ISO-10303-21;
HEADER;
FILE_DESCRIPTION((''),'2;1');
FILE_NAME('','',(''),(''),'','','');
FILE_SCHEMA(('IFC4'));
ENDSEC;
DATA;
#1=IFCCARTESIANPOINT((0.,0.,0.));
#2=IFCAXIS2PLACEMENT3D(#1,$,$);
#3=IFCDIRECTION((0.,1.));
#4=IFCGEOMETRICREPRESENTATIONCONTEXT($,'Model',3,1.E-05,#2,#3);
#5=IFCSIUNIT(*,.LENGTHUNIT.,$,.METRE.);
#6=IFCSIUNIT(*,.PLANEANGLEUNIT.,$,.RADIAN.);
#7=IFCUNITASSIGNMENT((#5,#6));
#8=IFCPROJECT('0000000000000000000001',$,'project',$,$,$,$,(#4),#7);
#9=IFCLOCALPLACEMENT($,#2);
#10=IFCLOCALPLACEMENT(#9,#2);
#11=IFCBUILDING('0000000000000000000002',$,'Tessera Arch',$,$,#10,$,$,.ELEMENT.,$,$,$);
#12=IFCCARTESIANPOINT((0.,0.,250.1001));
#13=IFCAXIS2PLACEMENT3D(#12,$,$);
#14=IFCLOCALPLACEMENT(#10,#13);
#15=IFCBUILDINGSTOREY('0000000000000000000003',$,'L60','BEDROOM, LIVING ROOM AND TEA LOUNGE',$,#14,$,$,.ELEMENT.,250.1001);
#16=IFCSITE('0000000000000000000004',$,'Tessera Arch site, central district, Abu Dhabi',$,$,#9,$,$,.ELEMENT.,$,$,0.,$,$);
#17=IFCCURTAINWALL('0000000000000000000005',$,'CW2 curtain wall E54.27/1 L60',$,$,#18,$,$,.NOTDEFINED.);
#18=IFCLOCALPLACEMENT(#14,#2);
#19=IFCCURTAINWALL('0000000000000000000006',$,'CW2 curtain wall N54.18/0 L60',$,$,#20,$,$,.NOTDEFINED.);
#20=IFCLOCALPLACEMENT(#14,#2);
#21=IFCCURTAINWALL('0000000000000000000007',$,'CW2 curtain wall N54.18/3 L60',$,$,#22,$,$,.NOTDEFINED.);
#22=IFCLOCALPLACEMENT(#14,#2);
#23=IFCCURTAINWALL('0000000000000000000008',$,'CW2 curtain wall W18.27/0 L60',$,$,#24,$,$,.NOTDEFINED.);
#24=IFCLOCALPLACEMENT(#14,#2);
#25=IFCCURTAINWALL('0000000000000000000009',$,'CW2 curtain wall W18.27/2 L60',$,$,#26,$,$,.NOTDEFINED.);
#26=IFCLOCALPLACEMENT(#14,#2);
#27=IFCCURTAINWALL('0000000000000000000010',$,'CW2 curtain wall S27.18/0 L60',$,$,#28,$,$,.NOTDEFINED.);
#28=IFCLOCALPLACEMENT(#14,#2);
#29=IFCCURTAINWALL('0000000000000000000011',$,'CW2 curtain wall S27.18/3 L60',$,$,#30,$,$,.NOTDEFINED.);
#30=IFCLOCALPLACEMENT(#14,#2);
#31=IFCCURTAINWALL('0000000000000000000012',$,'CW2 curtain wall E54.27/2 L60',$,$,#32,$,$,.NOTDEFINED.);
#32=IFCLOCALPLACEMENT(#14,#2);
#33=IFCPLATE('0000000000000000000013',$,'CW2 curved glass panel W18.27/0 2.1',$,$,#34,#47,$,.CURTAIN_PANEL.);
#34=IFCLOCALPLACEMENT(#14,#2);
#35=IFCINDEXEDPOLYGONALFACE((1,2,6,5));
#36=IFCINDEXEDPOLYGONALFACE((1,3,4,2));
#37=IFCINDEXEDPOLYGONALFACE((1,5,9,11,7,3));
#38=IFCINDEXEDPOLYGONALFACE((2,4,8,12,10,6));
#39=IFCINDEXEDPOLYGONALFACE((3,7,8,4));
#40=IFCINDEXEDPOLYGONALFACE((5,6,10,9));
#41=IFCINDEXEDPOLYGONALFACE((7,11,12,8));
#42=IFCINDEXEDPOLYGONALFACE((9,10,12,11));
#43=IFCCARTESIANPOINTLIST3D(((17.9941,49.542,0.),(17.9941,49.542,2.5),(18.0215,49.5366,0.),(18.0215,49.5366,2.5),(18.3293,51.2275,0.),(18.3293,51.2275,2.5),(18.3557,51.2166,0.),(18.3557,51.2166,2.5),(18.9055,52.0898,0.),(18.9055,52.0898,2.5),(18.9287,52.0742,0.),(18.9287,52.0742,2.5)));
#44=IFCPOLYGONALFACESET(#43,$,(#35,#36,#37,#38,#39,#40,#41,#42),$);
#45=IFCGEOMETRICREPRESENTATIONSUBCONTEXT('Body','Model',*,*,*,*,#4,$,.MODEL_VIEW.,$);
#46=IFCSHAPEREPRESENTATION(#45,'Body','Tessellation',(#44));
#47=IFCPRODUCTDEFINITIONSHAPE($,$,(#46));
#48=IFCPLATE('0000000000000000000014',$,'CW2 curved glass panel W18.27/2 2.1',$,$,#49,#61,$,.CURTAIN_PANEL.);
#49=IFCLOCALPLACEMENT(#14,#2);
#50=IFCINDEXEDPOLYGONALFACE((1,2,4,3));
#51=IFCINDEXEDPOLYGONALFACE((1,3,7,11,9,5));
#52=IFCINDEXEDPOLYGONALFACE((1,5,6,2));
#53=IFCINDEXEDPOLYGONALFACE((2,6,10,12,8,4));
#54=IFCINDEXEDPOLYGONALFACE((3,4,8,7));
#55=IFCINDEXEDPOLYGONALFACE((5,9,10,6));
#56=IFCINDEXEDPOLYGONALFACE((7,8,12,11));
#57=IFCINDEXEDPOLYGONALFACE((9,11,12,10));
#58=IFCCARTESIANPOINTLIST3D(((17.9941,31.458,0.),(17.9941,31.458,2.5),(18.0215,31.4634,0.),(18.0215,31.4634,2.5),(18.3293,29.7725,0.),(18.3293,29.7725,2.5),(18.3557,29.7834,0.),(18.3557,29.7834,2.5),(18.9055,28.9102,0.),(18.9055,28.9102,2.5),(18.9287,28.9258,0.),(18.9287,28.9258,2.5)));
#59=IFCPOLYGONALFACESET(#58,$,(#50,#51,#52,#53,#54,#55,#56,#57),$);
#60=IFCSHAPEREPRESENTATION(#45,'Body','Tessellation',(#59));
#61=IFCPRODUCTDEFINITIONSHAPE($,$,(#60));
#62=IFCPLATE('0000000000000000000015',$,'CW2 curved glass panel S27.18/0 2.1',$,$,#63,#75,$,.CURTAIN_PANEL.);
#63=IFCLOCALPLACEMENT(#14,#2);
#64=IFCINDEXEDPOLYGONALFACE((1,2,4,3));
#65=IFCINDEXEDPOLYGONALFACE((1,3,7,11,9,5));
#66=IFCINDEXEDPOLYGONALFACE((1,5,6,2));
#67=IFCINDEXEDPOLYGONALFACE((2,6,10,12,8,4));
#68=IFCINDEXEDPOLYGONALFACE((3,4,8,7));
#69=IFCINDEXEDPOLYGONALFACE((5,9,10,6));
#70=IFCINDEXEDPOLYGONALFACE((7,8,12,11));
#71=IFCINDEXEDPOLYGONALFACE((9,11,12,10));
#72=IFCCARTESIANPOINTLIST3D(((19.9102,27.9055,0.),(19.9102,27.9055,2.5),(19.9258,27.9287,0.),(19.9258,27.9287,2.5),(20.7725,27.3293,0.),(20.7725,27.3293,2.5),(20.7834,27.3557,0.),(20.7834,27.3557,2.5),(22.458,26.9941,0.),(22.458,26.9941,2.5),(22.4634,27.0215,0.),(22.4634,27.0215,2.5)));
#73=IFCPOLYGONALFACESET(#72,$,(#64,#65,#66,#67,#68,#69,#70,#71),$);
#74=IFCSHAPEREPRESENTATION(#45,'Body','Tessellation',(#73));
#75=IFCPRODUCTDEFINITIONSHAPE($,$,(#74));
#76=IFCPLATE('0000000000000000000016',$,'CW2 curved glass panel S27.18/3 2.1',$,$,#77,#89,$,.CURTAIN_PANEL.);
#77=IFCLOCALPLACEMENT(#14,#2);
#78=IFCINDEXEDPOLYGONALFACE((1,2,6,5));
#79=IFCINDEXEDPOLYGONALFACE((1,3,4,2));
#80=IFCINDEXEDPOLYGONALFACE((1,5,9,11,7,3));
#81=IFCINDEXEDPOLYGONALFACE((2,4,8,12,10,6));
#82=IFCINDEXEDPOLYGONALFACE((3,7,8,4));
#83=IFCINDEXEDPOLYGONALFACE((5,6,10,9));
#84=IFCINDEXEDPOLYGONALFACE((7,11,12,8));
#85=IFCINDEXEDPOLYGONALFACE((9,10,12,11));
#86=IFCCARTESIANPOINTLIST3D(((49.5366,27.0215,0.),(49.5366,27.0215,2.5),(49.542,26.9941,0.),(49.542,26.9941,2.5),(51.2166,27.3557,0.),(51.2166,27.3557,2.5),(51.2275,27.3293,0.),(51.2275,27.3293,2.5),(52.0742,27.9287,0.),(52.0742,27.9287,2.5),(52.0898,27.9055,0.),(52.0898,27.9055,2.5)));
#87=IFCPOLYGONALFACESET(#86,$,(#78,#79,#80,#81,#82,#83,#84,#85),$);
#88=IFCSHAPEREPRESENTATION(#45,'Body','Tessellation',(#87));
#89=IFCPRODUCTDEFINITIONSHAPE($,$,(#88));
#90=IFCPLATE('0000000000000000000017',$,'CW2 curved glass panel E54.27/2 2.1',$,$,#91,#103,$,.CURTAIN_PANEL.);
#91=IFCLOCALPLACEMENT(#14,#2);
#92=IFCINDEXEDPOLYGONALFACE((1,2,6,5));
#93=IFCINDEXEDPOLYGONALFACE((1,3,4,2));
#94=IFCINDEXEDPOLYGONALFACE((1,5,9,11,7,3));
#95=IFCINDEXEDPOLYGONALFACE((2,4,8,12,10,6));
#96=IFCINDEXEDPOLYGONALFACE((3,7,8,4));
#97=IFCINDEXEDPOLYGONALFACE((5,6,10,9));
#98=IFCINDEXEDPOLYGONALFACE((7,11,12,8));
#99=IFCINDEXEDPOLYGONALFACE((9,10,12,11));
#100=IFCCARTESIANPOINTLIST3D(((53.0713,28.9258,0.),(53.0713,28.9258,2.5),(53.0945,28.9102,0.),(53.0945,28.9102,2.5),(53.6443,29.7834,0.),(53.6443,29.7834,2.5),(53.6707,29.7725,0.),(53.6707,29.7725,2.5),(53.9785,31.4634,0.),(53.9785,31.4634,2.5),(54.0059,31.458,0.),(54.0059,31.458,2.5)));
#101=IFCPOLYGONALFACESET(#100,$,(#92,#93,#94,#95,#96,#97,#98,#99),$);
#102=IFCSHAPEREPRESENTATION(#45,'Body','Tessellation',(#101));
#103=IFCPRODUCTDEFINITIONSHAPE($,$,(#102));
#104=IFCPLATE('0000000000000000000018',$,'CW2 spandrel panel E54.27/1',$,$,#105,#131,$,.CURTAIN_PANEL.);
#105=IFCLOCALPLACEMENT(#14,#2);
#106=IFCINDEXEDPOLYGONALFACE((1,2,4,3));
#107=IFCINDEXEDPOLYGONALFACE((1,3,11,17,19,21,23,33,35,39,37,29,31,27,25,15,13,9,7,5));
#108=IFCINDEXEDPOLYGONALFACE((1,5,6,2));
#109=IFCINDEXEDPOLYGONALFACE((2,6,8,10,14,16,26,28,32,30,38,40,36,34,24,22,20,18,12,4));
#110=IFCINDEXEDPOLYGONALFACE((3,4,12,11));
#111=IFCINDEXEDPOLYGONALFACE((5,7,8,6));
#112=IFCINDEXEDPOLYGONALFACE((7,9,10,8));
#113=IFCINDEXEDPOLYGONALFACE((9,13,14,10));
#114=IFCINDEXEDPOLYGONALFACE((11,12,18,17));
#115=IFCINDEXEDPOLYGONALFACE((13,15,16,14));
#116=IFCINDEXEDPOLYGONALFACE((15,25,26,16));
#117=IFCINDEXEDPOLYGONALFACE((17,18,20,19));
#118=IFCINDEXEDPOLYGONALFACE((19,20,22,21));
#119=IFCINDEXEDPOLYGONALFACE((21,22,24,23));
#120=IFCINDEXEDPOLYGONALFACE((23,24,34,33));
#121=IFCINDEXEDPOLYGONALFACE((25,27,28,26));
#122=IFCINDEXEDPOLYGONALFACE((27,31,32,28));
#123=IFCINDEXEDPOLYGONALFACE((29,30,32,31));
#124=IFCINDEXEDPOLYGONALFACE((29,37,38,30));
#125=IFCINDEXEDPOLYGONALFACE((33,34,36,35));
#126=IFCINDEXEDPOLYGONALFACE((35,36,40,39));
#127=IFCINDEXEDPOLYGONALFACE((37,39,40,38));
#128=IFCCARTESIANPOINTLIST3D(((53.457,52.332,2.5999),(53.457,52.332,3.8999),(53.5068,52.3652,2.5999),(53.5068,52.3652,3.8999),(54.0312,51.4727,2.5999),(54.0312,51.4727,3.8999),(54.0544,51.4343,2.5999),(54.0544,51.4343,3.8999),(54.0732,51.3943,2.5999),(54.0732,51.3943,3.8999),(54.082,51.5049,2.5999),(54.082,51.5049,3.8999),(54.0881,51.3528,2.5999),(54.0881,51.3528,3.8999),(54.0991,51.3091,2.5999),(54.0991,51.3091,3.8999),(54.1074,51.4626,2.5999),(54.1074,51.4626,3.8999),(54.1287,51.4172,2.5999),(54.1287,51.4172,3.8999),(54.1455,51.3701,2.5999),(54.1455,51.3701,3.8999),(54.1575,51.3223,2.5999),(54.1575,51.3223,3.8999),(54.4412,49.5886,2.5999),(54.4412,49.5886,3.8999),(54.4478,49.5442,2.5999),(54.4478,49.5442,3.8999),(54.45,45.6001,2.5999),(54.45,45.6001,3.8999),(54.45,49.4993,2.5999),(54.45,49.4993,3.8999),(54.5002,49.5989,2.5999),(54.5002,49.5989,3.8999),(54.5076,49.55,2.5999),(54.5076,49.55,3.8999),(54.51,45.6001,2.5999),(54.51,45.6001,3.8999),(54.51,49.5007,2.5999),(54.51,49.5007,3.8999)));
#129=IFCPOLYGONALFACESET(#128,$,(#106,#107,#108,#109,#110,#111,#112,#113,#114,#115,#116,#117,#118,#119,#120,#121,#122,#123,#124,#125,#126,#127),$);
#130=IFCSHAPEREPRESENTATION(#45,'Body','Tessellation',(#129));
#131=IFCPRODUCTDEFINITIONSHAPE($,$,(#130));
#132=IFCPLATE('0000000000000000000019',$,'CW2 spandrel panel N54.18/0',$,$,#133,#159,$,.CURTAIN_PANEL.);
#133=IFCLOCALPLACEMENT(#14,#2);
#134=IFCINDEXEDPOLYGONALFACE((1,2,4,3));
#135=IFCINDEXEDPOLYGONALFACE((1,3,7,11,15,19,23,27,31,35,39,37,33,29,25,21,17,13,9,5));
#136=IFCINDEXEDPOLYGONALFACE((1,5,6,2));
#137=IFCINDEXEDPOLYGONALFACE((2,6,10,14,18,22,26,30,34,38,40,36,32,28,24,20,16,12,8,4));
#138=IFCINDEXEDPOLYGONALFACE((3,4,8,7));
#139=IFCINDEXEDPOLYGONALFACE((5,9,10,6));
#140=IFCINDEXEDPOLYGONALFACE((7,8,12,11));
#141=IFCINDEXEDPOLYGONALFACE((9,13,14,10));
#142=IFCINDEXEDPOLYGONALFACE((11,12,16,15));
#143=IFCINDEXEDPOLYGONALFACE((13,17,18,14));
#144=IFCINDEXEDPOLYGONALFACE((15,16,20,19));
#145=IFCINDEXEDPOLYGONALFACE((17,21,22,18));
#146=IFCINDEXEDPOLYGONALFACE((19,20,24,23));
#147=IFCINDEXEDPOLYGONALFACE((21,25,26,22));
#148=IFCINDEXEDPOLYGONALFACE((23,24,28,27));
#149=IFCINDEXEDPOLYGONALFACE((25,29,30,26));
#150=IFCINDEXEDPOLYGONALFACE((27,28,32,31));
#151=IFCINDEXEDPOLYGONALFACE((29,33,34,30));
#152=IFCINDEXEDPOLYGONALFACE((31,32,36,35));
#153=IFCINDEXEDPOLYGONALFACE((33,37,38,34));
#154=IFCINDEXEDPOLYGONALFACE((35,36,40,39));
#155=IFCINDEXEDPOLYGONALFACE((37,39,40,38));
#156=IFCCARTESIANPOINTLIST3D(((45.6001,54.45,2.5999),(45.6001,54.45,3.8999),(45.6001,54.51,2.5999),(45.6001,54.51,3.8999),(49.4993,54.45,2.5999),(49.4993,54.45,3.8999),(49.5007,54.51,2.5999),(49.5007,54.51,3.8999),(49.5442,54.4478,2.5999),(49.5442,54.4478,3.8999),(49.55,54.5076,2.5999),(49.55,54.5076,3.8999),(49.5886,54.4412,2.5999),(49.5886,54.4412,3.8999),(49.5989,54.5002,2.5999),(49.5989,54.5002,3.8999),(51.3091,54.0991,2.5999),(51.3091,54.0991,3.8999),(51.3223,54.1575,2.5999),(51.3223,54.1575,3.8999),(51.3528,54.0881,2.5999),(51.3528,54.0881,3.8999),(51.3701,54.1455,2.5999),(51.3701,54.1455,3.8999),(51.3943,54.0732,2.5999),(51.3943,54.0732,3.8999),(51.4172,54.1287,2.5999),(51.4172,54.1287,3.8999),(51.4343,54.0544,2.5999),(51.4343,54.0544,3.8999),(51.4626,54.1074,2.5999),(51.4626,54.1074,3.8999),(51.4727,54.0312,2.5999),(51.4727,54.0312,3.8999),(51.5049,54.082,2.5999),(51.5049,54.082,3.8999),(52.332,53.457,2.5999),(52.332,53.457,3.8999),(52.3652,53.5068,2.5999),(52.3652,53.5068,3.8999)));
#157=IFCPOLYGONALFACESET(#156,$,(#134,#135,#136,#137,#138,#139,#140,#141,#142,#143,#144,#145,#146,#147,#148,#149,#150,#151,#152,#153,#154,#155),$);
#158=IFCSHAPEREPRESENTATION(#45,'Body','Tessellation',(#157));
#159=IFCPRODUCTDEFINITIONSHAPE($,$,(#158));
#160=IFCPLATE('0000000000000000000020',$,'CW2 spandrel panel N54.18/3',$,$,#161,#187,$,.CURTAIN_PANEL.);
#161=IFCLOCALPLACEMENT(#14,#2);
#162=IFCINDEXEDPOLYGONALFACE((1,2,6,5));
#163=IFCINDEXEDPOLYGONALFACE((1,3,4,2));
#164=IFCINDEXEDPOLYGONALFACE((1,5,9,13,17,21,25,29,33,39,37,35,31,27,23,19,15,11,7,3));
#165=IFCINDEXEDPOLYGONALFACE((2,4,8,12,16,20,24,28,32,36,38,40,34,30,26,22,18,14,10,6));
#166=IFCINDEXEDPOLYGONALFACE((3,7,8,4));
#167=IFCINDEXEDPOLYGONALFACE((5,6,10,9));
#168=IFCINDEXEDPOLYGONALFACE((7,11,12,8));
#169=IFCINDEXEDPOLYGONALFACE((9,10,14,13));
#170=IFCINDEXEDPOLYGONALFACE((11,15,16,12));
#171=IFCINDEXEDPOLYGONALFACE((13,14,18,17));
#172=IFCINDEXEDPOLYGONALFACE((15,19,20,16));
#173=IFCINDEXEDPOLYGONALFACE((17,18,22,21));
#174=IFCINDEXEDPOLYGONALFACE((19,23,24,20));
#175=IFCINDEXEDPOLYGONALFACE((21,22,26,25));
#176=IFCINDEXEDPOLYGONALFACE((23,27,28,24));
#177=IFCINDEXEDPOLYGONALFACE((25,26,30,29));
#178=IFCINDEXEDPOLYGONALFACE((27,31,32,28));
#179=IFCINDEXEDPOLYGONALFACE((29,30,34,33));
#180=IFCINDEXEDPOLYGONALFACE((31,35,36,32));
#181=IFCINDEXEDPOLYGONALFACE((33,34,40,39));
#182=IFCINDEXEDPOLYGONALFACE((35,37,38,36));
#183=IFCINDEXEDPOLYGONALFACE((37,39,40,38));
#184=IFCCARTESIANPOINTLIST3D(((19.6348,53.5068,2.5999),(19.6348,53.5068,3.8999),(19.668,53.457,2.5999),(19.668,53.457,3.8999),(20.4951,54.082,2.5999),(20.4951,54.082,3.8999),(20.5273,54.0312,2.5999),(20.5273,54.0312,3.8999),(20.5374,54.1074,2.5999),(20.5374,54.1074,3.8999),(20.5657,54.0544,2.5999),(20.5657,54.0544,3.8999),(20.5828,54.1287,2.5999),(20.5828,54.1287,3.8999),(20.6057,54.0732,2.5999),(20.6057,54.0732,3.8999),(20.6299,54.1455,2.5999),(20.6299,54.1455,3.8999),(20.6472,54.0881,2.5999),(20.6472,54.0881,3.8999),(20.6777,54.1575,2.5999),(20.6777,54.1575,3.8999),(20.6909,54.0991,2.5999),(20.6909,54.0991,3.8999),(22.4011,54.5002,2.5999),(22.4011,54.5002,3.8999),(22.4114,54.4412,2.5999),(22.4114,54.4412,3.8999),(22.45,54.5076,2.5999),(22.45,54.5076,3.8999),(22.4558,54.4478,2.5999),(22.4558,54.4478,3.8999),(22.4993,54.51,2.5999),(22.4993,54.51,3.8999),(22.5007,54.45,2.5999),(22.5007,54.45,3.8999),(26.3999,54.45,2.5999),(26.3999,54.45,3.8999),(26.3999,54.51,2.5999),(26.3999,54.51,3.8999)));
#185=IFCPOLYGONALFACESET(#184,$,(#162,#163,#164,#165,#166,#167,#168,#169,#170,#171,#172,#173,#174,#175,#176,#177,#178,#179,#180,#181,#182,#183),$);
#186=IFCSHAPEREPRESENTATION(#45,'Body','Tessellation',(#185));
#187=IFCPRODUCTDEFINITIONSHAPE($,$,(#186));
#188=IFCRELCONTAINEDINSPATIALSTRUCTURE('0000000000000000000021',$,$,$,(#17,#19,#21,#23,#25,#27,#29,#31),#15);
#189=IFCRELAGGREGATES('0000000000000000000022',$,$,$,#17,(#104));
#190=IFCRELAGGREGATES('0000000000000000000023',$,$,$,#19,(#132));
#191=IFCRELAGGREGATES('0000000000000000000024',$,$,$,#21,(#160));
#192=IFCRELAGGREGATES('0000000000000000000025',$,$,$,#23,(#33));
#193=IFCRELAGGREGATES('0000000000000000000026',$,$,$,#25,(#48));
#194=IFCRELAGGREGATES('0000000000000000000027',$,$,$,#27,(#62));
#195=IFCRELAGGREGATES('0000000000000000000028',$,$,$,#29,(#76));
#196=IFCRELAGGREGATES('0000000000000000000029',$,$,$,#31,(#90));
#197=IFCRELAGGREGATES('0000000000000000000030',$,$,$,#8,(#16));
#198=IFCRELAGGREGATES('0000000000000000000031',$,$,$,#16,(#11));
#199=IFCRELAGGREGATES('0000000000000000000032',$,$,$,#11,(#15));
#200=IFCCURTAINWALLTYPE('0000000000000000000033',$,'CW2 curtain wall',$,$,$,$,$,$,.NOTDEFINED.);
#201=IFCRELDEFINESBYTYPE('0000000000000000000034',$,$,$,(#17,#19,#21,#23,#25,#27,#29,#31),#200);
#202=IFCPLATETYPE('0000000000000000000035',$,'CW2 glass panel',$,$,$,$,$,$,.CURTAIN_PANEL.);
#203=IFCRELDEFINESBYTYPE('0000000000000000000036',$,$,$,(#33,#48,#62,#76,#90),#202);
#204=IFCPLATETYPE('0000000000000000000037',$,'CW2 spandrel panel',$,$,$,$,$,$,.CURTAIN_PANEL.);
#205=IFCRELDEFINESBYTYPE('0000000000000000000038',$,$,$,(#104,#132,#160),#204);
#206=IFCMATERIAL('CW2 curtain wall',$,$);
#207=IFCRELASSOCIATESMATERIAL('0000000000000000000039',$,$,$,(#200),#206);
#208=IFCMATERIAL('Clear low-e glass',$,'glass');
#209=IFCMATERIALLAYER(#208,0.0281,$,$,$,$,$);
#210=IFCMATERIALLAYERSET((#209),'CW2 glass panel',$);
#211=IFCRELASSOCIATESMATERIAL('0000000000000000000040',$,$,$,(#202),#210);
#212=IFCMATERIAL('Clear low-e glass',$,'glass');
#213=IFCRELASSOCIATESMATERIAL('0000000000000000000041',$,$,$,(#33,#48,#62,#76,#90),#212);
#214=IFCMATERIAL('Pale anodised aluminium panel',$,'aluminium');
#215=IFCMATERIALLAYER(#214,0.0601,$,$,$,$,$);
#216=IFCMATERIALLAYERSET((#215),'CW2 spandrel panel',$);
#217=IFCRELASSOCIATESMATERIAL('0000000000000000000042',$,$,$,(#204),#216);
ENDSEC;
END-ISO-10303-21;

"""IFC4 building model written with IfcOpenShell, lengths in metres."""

from ifc_helpers import new_model, si_unit, direction, frame, origin, place, context, subcontext, project, spatial, polyline, outline, extrude, material, layer, layer_set, type_object, element, aggregate, save


model = new_model("IFC4")

# Units and contexts
model_context = context("Model", 3, precision=1e-05, world=origin(), true_north=direction((0.0, 1.0)))
body_context = subcontext(model_context, "Body", "Model", "MODEL_VIEW")
ifc_project = project(units=[si_unit("LENGTHUNIT", "METRE"), si_unit("PLANEANGLEUNIT", "RADIAN")], contexts=[model_context])

# Site, building, storey
site_placement = place(None, origin())
site = spatial("IfcSite", under=ifc_project, at=site_placement, Name="Tessera Arch site, central district, Abu Dhabi", CompositionType="ELEMENT", RefElevation=0.0)
building_placement = place(site_placement, origin())
building = spatial("IfcBuilding", under=site, at=building_placement, Name="Tessera Arch", CompositionType="ELEMENT")
storey_placement = place(building_placement, frame((0.0, 0.0, 250.1001)))
storey = spatial("IfcBuildingStorey", under=building, at=storey_placement, Name="L60", Description="BEDROOM, LIVING ROOM AND TEA LOUNGE", CompositionType="ELEMENT", Elevation=250.1001)

# Curtain walls
ifc_material_1 = material(Name="CW2 curtain wall")
curtain_wall_type = type_object("IfcCurtainWallType", Name="CW2 curtain wall", PredefinedType="NOTDEFINED", material=ifc_material_1)
curtain_wall_1_placement = place(storey_placement, origin())
curtain_wall_1 = element("IfcCurtainWall", 1, at=curtain_wall_1_placement, inside=storey, type_object=curtain_wall_type, Name="CW2 curtain wall E54.27/1 L60", PredefinedType="NOTDEFINED")
curtain_wall_2_placement = place(storey_placement, origin())
curtain_wall_2 = element("IfcCurtainWall", 2, at=curtain_wall_2_placement, inside=storey, type_object=curtain_wall_type, Name="CW2 curtain wall N54.18/0 L60", PredefinedType="NOTDEFINED")
curtain_wall_3_placement = place(storey_placement, origin())
curtain_wall_3 = element("IfcCurtainWall", 3, at=curtain_wall_3_placement, inside=storey, type_object=curtain_wall_type, Name="CW2 curtain wall N54.18/3 L60", PredefinedType="NOTDEFINED")
curtain_wall_4_placement = place(storey_placement, origin())
curtain_wall_4 = element("IfcCurtainWall", 4, at=curtain_wall_4_placement, inside=storey, type_object=curtain_wall_type, Name="CW2 curtain wall W18.27/0 L60", PredefinedType="NOTDEFINED")
curtain_wall_5_placement = place(storey_placement, origin())
curtain_wall_5 = element("IfcCurtainWall", 5, at=curtain_wall_5_placement, inside=storey, type_object=curtain_wall_type, Name="CW2 curtain wall W18.27/2 L60", PredefinedType="NOTDEFINED")
curtain_wall_6_placement = place(storey_placement, origin())
curtain_wall_6 = element("IfcCurtainWall", 6, at=curtain_wall_6_placement, inside=storey, type_object=curtain_wall_type, Name="CW2 curtain wall S27.18/0 L60", PredefinedType="NOTDEFINED")
curtain_wall_7_placement = place(storey_placement, origin())
curtain_wall_7 = element("IfcCurtainWall", 7, at=curtain_wall_7_placement, inside=storey, type_object=curtain_wall_type, Name="CW2 curtain wall S27.18/3 L60", PredefinedType="NOTDEFINED")
curtain_wall_8_placement = place(storey_placement, origin())
curtain_wall_8 = element("IfcCurtainWall", 8, at=curtain_wall_8_placement, inside=storey, type_object=curtain_wall_type, Name="CW2 curtain wall E54.27/2 L60", PredefinedType="NOTDEFINED")

# Plates
ifc_material_2 = material(Name="Clear low-e glass", Category="glass")
ifc_material_3 = material(Name="Clear low-e glass", Category="glass")
ifc_layer_1 = layer(ifc_material_3, 0.0281)
ifc_layer_set_1 = layer_set([ifc_layer_1], Name="CW2 glass panel")
plate_type_1 = type_object("IfcPlateType", Name="CW2 glass panel", PredefinedType="CURTAIN_PANEL", material=ifc_layer_set_1)
plate_1_placement = place(storey_placement, origin())
plate_1 = element("IfcPlate", 9, at=plate_1_placement, type_object=plate_type_1, material=ifc_material_2, Name="CW2 curved glass panel W18.27/0 2.1", PredefinedType="CURTAIN_PANEL", context=body_context, shape_type="SweptSolid", body=[
    extrude(outline(polyline([(18.3557, 51.2166), (18.9287, 52.0742), (18.9055, 52.0898), (18.3293, 51.2275), (17.9941, 49.542), (18.0215, 49.5366), (18.3557, 51.2166)])), origin(), (0.0, 0.0, 1.0), 2.5),
])
plate_2_placement = place(storey_placement, origin())
plate_2 = element("IfcPlate", 10, at=plate_2_placement, type_object=plate_type_1, material=ifc_material_2, Name="CW2 curved glass panel W18.27/2 2.1", PredefinedType="CURTAIN_PANEL", context=body_context, shape_type="SweptSolid", body=[
    extrude(outline(polyline([(18.3557, 29.7834), (18.0215, 31.4634), (17.9941, 31.458), (18.3293, 29.7725), (18.9055, 28.9102), (18.9287, 28.9258), (18.3557, 29.7834)])), origin(), (0.0, 0.0, 1.0), 2.5),
])
plate_3_placement = place(storey_placement, origin())
plate_3 = element("IfcPlate", 11, at=plate_3_placement, type_object=plate_type_1, material=ifc_material_2, Name="CW2 curved glass panel S27.18/0 2.1", PredefinedType="CURTAIN_PANEL", context=body_context, shape_type="SweptSolid", body=[
    extrude(outline(polyline([(20.7834, 27.3557), (19.9258, 27.9287), (19.9102, 27.9055), (20.7725, 27.3293), (22.458, 26.9941), (22.4634, 27.0215), (20.7834, 27.3557)])), origin(), (0.0, 0.0, 1.0), 2.5),
])
plate_4_placement = place(storey_placement, origin())
plate_4 = element("IfcPlate", 12, at=plate_4_placement, type_object=plate_type_1, material=ifc_material_2, Name="CW2 curved glass panel S27.18/3 2.1", PredefinedType="CURTAIN_PANEL", context=body_context, shape_type="SweptSolid", body=[
    extrude(outline(polyline([(51.2166, 27.3557), (49.5366, 27.0215), (49.542, 26.9941), (51.2275, 27.3293), (52.0898, 27.9055), (52.0742, 27.9287), (51.2166, 27.3557)])), origin(), (0.0, 0.0, 1.0), 2.5),
])
plate_5_placement = place(storey_placement, origin())
plate_5 = element("IfcPlate", 13, at=plate_5_placement, type_object=plate_type_1, material=ifc_material_2, Name="CW2 curved glass panel E54.27/2 2.1", PredefinedType="CURTAIN_PANEL", context=body_context, shape_type="SweptSolid", body=[
    extrude(outline(polyline([(53.6443, 29.7834), (53.0713, 28.9258), (53.0945, 28.9102), (53.6707, 29.7725), (54.0059, 31.458), (53.9785, 31.4634), (53.6443, 29.7834)])), origin(), (0.0, 0.0, 1.0), 2.5),
])
ifc_material_4 = material(Name="Pale anodised aluminium panel", Category="aluminium")
ifc_layer_2 = layer(ifc_material_4, 0.0601)
ifc_layer_set_2 = layer_set([ifc_layer_2], Name="CW2 spandrel panel")
plate_type_2 = type_object("IfcPlateType", Name="CW2 spandrel panel", PredefinedType="CURTAIN_PANEL", material=ifc_layer_set_2)
plate_6_placement = place(storey_placement, frame((0.0, 0.0, 2.5999)))
plate_6 = element("IfcPlate", 14, at=plate_6_placement, type_object=plate_type_2, Name="CW2 spandrel panel E54.27/1", PredefinedType="CURTAIN_PANEL", context=body_context, shape_type="SweptSolid", body=[
    extrude(outline(polyline([(54.45, 49.4993), (54.45, 45.6001), (54.51, 45.6001), (54.51, 49.5007), (54.5076, 49.55), (54.5002, 49.5989), (54.1575, 51.3223), (54.1455, 51.3701), (54.1287, 51.4172), (54.1074, 51.4626), (54.082, 51.5049), (53.5068, 52.3652), (53.457, 52.332), (54.0312, 51.4727), (54.0544, 51.4343), (54.0732, 51.3943), (54.0881, 51.3528), (54.0991, 51.3091), (54.4412, 49.5886), (54.4478, 49.5442), (54.45, 49.4993)])), origin(), (0.0, 0.0, 1.0), 1.3),
])
aggregate(curtain_wall_1, [plate_6])
plate_7_placement = place(storey_placement, frame((0.0, 0.0, 2.5999)))
plate_7 = element("IfcPlate", 15, at=plate_7_placement, type_object=plate_type_2, Name="CW2 spandrel panel N54.18/0", PredefinedType="CURTAIN_PANEL", context=body_context, shape_type="SweptSolid", body=[
    extrude(outline(polyline([(51.4727, 54.0312), (52.332, 53.457), (52.3652, 53.5068), (51.5049, 54.082), (51.4626, 54.1074), (51.4172, 54.1287), (51.3701, 54.1455), (51.3223, 54.1575), (49.5989, 54.5002), (49.55, 54.5076), (49.5007, 54.51), (45.6001, 54.51), (45.6001, 54.45), (49.4993, 54.45), (49.5442, 54.4478), (49.5886, 54.4412), (51.3091, 54.0991), (51.3528, 54.0881), (51.3943, 54.0732), (51.4343, 54.0544), (51.4727, 54.0312)])), origin(), (0.0, 0.0, 1.0), 1.3),
])
aggregate(curtain_wall_2, [plate_7])
plate_8_placement = place(storey_placement, frame((0.0, 0.0, 2.5999)))
plate_8 = element("IfcPlate", 16, at=plate_8_placement, type_object=plate_type_2, Name="CW2 spandrel panel N54.18/3", PredefinedType="CURTAIN_PANEL", context=body_context, shape_type="SweptSolid", body=[
    extrude(outline(polyline([(22.5007, 54.45), (26.3999, 54.45), (26.3999, 54.51), (22.4993, 54.51), (22.45, 54.5076), (22.4011, 54.5002), (20.6777, 54.1575), (20.6299, 54.1455), (20.5828, 54.1287), (20.5374, 54.1074), (20.4951, 54.082), (19.6348, 53.5068), (19.668, 53.457), (20.5273, 54.0312), (20.5657, 54.0544), (20.6057, 54.0732), (20.6472, 54.0881), (20.6909, 54.0991), (22.4114, 54.4412), (22.4558, 54.4478), (22.5007, 54.45)])), origin(), (0.0, 0.0, 1.0), 1.3),
])
aggregate(curtain_wall_3, [plate_8])
aggregate(curtain_wall_4, [plate_1])
aggregate(curtain_wall_5, [plate_2])
aggregate(curtain_wall_6, [plate_3])
aggregate(curtain_wall_7, [plate_4])
aggregate(curtain_wall_8, [plate_5])

save(model, "model.ifc")
